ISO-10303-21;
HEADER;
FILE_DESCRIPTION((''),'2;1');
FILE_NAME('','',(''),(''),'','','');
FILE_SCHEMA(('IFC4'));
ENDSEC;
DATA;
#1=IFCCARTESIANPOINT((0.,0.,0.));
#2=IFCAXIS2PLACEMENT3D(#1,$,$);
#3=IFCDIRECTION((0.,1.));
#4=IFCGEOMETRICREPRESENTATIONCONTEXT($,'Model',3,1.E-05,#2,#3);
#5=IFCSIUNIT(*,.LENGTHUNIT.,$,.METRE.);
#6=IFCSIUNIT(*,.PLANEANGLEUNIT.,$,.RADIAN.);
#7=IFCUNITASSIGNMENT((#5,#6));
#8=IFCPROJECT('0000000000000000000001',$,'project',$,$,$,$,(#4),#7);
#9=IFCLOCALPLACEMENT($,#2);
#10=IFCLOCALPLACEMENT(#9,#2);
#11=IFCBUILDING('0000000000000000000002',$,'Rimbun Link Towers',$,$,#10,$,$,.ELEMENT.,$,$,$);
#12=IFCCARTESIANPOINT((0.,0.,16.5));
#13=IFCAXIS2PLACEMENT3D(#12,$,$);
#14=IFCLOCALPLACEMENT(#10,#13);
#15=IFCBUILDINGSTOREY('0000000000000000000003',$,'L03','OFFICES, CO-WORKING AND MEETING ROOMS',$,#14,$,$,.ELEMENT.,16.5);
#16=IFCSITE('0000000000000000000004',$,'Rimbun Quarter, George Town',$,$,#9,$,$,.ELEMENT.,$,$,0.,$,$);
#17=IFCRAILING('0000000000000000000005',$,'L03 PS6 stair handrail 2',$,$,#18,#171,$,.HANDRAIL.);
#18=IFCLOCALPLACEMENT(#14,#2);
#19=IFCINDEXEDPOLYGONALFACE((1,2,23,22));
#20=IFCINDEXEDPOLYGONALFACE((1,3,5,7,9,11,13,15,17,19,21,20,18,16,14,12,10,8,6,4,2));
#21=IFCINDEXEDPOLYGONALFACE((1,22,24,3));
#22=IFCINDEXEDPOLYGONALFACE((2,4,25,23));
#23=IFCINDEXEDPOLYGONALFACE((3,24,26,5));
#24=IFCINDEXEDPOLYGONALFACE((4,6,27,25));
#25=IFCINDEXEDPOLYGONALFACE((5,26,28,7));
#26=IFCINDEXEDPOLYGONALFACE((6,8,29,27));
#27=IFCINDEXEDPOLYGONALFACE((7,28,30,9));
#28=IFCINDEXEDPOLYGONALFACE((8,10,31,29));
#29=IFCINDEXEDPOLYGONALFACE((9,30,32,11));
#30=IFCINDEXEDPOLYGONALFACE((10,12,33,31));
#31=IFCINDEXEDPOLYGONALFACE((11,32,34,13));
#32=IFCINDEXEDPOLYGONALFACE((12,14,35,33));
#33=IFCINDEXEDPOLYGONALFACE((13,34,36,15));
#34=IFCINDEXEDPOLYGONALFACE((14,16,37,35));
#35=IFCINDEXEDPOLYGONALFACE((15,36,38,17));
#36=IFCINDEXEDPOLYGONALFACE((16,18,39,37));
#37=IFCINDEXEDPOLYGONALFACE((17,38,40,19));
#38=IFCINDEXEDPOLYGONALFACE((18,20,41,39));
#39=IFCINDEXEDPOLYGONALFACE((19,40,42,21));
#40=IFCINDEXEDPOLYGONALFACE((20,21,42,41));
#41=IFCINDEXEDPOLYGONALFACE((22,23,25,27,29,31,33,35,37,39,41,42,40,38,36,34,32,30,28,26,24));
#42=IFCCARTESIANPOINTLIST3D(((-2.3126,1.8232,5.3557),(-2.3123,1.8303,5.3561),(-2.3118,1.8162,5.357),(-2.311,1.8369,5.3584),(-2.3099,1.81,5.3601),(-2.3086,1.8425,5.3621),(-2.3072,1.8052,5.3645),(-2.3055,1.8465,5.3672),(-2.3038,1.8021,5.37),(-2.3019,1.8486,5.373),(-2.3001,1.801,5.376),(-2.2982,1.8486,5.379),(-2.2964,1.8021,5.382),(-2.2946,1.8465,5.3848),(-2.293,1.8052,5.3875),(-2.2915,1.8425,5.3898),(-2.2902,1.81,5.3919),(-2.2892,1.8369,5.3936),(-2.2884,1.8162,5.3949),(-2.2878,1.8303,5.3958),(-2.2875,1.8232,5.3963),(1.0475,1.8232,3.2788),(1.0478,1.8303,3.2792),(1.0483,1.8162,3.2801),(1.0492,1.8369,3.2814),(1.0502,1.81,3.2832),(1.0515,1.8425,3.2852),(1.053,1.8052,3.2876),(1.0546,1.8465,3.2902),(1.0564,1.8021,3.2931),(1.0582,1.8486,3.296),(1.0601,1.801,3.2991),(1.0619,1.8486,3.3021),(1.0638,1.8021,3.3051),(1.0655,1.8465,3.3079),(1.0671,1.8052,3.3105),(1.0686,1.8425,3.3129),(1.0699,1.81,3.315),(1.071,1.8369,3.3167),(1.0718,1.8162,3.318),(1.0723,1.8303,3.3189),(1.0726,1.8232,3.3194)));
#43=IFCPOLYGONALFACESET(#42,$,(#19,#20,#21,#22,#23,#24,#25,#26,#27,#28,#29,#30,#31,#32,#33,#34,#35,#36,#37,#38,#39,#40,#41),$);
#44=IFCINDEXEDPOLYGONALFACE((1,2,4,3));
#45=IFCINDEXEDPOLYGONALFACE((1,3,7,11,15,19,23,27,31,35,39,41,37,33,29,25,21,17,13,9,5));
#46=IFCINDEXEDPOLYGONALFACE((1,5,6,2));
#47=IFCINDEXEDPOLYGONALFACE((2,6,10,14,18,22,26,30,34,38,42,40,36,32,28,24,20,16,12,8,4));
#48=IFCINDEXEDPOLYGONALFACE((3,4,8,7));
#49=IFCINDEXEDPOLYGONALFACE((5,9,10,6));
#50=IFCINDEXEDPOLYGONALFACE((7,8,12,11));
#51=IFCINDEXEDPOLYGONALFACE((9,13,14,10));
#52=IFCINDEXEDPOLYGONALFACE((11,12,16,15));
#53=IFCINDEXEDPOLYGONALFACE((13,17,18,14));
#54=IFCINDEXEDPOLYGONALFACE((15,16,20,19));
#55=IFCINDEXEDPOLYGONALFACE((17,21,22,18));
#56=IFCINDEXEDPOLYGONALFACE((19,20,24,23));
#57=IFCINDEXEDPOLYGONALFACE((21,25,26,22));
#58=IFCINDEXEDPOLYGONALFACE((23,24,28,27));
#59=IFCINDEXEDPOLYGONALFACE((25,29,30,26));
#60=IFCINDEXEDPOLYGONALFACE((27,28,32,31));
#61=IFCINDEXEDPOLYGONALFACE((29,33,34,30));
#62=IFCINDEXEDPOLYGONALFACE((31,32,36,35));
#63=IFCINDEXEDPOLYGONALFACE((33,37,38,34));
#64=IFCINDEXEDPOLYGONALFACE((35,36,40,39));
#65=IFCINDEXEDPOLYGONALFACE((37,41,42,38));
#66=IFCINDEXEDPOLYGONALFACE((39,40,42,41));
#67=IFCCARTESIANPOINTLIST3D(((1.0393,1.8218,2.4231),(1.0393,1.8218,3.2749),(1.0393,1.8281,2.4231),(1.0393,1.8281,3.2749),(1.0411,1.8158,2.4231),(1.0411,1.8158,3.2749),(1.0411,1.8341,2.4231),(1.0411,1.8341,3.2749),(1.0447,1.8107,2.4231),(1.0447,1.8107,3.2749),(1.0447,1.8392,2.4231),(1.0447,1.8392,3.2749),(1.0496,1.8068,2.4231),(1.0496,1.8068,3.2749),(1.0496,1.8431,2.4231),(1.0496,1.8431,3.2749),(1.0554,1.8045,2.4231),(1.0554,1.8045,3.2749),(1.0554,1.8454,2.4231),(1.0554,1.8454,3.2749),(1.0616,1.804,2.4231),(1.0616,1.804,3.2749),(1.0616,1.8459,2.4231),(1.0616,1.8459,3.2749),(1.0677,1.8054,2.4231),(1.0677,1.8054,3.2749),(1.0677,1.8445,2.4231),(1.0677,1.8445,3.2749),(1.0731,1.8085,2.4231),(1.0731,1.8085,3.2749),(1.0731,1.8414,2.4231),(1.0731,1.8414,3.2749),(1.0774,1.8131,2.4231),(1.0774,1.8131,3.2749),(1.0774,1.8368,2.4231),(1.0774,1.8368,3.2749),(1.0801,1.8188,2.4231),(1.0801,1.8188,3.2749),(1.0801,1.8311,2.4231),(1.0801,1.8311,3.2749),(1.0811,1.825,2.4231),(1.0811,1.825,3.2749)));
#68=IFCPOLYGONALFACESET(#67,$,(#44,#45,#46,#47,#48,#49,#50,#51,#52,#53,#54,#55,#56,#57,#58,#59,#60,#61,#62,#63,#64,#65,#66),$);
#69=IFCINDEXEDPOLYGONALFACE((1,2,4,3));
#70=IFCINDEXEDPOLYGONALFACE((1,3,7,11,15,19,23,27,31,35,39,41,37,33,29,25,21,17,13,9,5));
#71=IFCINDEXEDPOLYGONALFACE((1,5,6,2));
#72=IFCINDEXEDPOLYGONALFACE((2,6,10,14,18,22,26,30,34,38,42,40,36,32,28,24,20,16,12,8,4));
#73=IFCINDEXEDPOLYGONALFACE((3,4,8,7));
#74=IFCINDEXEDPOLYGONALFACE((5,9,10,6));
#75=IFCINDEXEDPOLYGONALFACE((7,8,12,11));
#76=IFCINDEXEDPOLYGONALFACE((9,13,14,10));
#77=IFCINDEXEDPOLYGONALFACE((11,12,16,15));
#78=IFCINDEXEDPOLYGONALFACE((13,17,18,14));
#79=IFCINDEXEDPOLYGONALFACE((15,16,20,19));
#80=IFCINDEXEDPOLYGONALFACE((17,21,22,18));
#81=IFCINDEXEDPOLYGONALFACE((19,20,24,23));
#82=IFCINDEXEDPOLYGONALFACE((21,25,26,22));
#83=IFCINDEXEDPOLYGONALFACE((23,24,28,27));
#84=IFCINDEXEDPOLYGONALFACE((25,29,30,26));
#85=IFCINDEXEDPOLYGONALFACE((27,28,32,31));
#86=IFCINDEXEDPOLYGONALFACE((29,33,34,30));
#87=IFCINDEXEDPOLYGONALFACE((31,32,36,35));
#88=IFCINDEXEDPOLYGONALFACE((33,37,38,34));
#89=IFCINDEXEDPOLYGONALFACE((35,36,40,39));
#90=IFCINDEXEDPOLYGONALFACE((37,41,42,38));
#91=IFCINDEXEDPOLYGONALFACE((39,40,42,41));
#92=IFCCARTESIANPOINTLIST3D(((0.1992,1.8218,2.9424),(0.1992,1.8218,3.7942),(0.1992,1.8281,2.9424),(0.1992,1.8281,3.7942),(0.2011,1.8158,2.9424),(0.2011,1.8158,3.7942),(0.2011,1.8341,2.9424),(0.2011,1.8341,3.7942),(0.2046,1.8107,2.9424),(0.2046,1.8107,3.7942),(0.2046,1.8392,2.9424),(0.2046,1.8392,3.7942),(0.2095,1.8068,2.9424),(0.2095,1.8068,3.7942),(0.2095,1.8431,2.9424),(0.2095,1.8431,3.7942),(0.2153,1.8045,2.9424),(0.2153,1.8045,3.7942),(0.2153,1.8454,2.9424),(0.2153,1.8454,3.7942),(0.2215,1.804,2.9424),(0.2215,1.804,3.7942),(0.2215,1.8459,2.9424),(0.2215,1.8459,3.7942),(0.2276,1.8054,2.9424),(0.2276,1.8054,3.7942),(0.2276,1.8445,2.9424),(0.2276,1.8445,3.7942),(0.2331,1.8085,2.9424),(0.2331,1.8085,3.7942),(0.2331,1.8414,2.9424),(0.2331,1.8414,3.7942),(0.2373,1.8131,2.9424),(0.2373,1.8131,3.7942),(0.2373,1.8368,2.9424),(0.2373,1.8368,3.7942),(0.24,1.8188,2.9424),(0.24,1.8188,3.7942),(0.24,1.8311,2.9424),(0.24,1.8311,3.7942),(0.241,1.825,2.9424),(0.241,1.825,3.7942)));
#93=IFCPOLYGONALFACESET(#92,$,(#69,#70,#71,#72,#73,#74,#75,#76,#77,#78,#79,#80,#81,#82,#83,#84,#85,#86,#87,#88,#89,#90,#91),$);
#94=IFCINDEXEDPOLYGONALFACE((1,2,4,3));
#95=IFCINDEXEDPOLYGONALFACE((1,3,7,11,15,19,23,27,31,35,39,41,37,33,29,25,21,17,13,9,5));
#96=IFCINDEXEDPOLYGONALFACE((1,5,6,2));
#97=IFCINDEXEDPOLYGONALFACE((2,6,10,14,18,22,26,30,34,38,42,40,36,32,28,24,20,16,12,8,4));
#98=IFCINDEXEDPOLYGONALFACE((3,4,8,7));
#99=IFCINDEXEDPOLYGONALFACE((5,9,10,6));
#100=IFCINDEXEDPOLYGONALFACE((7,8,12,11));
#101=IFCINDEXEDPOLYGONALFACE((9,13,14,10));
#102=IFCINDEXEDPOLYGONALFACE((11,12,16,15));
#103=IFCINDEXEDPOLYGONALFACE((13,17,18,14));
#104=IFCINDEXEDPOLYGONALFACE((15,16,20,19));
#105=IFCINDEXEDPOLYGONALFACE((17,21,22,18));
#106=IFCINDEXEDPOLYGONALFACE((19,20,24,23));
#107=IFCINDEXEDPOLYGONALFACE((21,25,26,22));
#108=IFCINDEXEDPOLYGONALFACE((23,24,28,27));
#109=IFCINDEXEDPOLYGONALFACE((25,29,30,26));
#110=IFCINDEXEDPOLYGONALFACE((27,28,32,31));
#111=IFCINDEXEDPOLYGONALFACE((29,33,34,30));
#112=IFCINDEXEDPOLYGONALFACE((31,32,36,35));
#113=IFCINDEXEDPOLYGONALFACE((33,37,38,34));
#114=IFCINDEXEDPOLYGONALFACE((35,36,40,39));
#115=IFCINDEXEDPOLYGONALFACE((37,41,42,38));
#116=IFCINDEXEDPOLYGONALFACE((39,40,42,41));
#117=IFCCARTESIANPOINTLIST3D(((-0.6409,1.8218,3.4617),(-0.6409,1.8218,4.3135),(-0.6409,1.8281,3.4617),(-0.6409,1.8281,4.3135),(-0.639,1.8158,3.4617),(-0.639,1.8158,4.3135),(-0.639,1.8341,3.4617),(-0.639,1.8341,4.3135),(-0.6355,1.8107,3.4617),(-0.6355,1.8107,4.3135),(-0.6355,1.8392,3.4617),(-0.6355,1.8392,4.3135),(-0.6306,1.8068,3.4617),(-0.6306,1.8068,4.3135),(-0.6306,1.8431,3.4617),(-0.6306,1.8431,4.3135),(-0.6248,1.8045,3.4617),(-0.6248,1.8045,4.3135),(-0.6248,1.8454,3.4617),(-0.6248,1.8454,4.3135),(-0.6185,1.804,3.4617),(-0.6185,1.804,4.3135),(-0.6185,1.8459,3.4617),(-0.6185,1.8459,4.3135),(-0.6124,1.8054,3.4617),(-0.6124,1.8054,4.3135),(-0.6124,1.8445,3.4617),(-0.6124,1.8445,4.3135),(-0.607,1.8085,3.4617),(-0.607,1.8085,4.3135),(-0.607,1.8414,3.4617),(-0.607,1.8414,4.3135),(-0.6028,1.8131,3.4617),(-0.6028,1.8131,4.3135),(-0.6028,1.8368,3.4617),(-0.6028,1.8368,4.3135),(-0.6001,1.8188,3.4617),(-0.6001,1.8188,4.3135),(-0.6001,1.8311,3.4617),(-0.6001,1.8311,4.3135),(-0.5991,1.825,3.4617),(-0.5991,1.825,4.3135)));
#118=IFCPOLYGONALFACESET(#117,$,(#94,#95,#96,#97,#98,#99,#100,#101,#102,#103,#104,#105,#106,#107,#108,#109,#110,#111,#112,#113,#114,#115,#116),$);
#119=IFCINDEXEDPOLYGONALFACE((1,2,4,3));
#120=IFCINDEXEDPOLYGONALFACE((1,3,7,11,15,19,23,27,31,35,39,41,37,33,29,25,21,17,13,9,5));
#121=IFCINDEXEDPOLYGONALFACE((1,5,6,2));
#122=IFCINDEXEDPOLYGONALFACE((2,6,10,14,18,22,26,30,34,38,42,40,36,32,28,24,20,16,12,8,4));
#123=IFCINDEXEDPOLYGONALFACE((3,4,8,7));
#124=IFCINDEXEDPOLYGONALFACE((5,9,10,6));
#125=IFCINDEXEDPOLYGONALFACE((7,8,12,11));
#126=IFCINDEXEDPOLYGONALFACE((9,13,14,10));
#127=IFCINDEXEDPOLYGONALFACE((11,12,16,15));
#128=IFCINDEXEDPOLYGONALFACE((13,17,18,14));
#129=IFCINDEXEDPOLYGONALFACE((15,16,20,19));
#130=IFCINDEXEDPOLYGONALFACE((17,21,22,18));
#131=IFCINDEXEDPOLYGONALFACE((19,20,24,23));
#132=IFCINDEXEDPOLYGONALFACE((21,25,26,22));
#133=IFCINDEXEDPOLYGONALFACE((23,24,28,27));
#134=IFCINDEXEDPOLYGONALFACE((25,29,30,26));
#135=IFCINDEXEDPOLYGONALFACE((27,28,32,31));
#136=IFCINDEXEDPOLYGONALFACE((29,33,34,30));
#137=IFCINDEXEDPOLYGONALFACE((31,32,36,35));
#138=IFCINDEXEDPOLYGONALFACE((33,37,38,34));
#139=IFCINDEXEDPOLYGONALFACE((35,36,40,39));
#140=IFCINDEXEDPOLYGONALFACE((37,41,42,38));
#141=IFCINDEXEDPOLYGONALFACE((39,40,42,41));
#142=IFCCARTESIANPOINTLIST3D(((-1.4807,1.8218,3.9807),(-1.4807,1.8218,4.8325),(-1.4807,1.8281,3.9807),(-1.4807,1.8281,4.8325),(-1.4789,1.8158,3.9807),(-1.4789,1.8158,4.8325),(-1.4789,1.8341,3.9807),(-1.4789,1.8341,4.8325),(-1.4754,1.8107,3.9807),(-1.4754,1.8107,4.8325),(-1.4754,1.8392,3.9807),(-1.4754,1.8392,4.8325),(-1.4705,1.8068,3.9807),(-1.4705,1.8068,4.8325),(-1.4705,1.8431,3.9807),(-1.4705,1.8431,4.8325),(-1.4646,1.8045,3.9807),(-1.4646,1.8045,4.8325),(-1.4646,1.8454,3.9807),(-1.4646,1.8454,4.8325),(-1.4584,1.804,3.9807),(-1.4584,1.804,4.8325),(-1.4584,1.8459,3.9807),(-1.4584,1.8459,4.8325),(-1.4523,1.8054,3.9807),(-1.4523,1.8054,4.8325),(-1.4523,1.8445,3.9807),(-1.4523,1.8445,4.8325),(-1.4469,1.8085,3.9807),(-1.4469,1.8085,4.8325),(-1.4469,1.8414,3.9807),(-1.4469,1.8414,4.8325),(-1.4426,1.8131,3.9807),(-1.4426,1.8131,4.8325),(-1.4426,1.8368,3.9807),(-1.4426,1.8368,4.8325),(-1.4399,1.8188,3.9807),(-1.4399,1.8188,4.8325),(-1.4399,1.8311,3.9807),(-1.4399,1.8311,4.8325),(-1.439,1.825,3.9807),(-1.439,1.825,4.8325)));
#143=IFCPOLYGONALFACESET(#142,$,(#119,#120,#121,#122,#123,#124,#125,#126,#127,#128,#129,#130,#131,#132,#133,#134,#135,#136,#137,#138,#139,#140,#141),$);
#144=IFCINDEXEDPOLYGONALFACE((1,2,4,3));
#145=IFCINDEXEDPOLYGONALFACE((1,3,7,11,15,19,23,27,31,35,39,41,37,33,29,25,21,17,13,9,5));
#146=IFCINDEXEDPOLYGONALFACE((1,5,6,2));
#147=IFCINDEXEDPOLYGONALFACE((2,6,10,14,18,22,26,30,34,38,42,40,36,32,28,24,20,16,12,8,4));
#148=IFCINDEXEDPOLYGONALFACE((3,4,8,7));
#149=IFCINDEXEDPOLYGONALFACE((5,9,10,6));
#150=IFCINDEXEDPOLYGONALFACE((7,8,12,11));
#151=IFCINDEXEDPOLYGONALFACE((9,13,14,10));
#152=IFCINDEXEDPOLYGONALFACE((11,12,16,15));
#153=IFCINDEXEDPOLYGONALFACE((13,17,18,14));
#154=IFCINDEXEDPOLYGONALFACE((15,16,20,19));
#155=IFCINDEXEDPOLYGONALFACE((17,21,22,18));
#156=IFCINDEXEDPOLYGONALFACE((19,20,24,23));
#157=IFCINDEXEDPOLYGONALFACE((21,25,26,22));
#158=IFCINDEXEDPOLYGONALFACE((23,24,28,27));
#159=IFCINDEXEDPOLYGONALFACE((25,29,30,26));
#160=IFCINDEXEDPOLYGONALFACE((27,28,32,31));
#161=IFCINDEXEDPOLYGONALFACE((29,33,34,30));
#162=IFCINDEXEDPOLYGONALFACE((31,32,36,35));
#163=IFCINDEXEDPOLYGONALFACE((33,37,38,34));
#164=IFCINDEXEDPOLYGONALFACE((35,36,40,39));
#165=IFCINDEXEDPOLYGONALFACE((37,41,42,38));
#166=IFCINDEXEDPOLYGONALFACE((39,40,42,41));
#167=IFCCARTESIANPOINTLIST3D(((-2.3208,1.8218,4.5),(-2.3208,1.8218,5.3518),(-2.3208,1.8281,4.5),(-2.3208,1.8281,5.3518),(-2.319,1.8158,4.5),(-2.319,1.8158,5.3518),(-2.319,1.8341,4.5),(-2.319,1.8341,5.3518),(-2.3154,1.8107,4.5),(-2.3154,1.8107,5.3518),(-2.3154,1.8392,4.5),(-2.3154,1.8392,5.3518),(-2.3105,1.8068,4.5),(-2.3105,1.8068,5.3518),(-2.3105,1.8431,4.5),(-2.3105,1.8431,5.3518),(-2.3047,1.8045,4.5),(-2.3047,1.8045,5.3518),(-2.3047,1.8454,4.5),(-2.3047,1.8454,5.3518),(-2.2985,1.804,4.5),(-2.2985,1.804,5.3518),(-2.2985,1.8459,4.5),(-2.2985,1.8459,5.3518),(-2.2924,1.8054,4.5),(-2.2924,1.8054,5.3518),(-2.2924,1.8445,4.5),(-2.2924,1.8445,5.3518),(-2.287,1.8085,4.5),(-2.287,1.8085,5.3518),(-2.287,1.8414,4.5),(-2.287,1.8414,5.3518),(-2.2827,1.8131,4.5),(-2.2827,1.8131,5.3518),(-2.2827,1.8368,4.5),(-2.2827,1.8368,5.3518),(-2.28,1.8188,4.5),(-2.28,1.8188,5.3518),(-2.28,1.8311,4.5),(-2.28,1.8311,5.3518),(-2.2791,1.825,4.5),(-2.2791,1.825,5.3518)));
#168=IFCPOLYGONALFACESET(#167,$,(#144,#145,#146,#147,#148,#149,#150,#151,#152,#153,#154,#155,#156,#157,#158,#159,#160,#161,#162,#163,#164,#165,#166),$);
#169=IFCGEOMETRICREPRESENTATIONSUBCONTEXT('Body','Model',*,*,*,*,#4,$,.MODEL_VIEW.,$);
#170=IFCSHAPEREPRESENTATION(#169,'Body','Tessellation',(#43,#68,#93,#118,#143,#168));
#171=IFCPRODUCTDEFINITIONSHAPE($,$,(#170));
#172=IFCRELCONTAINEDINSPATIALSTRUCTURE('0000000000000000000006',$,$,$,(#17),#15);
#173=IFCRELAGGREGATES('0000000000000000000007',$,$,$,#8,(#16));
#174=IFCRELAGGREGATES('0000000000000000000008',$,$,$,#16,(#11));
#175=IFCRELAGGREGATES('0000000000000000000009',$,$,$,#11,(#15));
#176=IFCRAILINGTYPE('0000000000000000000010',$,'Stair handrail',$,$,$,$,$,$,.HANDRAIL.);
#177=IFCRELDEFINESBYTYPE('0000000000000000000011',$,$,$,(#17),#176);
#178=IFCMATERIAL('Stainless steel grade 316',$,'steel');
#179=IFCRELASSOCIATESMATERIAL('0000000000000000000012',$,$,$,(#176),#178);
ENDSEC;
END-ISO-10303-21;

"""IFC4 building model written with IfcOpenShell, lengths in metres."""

from ifc_helpers import new_model, si_unit, direction, frame, origin, origin_2d, place, context, subcontext, project, spatial, circle, extrude, material, type_object, element, save


model = new_model("IFC4")

# Units and contexts
model_context = context("Model", 3, precision=1e-05, world=origin(), true_north=direction((0.0, 1.0)))
body_context = subcontext(model_context, "Body", "Model", "MODEL_VIEW")
ifc_project = project(units=[si_unit("LENGTHUNIT", "METRE"), si_unit("PLANEANGLEUNIT", "RADIAN")], contexts=[model_context])

# Site, building, storey
site_placement = place(None, origin())
site = spatial("IfcSite", under=ifc_project, at=site_placement, Name="Rimbun Quarter, George Town", CompositionType="ELEMENT", RefElevation=0.0)
building_placement = place(site_placement, origin())
building = spatial("IfcBuilding", under=site, at=building_placement, Name="Rimbun Link Towers", CompositionType="ELEMENT")
storey_placement = place(building_placement, frame((0.0, 0.0, 16.5)))
storey = spatial("IfcBuildingStorey", under=building, at=storey_placement, Name="L03", Description="OFFICES, CO-WORKING AND MEETING ROOMS", CompositionType="ELEMENT", Elevation=16.5)

# Railing
ifc_material_1 = material(Name="Stainless steel grade 316", Category="steel")
railing_type_1 = type_object("IfcRailingType", Name="Stair handrail", PredefinedType="HANDRAIL", material=ifc_material_1)
railing_1_placement = place(storey_placement, frame((1.0601, 1.825, 2.4231)))
element("IfcRailing", 1, at=railing_1_placement, inside=storey, type_object=railing_type_1, Name="L03 PS6 stair handrail 2", PredefinedType="HANDRAIL", context=body_context, shape_type="SweptSolid", body=[
    extrude(circle(Radius=0.0239, at=origin_2d()), frame((0.0, 0.0, 0.876), z_axis=(-0.850623, 0.0, 0.525776), x_axis=(0.0, -1.0, 0.0)), (0.0, 0.0, 1.0), 3.9502),
    extrude(circle(Radius=0.021, at=origin_2d()), origin(), (0.0, 0.0, 1.0), 0.8518),
    extrude(circle(Radius=0.021, at=origin_2d()), frame((-0.8401, 0.0, 0.5193)), (0.0, 0.0, 1.0), 0.8518),
    extrude(circle(Radius=0.021, at=origin_2d()), frame((-1.6802, 0.0, 1.0386)), (0.0, 0.0, 1.0), 0.8518),
    extrude(circle(Radius=0.021, at=origin_2d()), frame((-2.52, 0.0, 1.5576)), (0.0, 0.0, 1.0), 0.8518),
    extrude(circle(Radius=0.021, at=origin_2d()), frame((-3.3601, 0.0, 2.0769)), (0.0, 0.0, 1.0), 0.8518),
])

save(model, "model.ifc")
